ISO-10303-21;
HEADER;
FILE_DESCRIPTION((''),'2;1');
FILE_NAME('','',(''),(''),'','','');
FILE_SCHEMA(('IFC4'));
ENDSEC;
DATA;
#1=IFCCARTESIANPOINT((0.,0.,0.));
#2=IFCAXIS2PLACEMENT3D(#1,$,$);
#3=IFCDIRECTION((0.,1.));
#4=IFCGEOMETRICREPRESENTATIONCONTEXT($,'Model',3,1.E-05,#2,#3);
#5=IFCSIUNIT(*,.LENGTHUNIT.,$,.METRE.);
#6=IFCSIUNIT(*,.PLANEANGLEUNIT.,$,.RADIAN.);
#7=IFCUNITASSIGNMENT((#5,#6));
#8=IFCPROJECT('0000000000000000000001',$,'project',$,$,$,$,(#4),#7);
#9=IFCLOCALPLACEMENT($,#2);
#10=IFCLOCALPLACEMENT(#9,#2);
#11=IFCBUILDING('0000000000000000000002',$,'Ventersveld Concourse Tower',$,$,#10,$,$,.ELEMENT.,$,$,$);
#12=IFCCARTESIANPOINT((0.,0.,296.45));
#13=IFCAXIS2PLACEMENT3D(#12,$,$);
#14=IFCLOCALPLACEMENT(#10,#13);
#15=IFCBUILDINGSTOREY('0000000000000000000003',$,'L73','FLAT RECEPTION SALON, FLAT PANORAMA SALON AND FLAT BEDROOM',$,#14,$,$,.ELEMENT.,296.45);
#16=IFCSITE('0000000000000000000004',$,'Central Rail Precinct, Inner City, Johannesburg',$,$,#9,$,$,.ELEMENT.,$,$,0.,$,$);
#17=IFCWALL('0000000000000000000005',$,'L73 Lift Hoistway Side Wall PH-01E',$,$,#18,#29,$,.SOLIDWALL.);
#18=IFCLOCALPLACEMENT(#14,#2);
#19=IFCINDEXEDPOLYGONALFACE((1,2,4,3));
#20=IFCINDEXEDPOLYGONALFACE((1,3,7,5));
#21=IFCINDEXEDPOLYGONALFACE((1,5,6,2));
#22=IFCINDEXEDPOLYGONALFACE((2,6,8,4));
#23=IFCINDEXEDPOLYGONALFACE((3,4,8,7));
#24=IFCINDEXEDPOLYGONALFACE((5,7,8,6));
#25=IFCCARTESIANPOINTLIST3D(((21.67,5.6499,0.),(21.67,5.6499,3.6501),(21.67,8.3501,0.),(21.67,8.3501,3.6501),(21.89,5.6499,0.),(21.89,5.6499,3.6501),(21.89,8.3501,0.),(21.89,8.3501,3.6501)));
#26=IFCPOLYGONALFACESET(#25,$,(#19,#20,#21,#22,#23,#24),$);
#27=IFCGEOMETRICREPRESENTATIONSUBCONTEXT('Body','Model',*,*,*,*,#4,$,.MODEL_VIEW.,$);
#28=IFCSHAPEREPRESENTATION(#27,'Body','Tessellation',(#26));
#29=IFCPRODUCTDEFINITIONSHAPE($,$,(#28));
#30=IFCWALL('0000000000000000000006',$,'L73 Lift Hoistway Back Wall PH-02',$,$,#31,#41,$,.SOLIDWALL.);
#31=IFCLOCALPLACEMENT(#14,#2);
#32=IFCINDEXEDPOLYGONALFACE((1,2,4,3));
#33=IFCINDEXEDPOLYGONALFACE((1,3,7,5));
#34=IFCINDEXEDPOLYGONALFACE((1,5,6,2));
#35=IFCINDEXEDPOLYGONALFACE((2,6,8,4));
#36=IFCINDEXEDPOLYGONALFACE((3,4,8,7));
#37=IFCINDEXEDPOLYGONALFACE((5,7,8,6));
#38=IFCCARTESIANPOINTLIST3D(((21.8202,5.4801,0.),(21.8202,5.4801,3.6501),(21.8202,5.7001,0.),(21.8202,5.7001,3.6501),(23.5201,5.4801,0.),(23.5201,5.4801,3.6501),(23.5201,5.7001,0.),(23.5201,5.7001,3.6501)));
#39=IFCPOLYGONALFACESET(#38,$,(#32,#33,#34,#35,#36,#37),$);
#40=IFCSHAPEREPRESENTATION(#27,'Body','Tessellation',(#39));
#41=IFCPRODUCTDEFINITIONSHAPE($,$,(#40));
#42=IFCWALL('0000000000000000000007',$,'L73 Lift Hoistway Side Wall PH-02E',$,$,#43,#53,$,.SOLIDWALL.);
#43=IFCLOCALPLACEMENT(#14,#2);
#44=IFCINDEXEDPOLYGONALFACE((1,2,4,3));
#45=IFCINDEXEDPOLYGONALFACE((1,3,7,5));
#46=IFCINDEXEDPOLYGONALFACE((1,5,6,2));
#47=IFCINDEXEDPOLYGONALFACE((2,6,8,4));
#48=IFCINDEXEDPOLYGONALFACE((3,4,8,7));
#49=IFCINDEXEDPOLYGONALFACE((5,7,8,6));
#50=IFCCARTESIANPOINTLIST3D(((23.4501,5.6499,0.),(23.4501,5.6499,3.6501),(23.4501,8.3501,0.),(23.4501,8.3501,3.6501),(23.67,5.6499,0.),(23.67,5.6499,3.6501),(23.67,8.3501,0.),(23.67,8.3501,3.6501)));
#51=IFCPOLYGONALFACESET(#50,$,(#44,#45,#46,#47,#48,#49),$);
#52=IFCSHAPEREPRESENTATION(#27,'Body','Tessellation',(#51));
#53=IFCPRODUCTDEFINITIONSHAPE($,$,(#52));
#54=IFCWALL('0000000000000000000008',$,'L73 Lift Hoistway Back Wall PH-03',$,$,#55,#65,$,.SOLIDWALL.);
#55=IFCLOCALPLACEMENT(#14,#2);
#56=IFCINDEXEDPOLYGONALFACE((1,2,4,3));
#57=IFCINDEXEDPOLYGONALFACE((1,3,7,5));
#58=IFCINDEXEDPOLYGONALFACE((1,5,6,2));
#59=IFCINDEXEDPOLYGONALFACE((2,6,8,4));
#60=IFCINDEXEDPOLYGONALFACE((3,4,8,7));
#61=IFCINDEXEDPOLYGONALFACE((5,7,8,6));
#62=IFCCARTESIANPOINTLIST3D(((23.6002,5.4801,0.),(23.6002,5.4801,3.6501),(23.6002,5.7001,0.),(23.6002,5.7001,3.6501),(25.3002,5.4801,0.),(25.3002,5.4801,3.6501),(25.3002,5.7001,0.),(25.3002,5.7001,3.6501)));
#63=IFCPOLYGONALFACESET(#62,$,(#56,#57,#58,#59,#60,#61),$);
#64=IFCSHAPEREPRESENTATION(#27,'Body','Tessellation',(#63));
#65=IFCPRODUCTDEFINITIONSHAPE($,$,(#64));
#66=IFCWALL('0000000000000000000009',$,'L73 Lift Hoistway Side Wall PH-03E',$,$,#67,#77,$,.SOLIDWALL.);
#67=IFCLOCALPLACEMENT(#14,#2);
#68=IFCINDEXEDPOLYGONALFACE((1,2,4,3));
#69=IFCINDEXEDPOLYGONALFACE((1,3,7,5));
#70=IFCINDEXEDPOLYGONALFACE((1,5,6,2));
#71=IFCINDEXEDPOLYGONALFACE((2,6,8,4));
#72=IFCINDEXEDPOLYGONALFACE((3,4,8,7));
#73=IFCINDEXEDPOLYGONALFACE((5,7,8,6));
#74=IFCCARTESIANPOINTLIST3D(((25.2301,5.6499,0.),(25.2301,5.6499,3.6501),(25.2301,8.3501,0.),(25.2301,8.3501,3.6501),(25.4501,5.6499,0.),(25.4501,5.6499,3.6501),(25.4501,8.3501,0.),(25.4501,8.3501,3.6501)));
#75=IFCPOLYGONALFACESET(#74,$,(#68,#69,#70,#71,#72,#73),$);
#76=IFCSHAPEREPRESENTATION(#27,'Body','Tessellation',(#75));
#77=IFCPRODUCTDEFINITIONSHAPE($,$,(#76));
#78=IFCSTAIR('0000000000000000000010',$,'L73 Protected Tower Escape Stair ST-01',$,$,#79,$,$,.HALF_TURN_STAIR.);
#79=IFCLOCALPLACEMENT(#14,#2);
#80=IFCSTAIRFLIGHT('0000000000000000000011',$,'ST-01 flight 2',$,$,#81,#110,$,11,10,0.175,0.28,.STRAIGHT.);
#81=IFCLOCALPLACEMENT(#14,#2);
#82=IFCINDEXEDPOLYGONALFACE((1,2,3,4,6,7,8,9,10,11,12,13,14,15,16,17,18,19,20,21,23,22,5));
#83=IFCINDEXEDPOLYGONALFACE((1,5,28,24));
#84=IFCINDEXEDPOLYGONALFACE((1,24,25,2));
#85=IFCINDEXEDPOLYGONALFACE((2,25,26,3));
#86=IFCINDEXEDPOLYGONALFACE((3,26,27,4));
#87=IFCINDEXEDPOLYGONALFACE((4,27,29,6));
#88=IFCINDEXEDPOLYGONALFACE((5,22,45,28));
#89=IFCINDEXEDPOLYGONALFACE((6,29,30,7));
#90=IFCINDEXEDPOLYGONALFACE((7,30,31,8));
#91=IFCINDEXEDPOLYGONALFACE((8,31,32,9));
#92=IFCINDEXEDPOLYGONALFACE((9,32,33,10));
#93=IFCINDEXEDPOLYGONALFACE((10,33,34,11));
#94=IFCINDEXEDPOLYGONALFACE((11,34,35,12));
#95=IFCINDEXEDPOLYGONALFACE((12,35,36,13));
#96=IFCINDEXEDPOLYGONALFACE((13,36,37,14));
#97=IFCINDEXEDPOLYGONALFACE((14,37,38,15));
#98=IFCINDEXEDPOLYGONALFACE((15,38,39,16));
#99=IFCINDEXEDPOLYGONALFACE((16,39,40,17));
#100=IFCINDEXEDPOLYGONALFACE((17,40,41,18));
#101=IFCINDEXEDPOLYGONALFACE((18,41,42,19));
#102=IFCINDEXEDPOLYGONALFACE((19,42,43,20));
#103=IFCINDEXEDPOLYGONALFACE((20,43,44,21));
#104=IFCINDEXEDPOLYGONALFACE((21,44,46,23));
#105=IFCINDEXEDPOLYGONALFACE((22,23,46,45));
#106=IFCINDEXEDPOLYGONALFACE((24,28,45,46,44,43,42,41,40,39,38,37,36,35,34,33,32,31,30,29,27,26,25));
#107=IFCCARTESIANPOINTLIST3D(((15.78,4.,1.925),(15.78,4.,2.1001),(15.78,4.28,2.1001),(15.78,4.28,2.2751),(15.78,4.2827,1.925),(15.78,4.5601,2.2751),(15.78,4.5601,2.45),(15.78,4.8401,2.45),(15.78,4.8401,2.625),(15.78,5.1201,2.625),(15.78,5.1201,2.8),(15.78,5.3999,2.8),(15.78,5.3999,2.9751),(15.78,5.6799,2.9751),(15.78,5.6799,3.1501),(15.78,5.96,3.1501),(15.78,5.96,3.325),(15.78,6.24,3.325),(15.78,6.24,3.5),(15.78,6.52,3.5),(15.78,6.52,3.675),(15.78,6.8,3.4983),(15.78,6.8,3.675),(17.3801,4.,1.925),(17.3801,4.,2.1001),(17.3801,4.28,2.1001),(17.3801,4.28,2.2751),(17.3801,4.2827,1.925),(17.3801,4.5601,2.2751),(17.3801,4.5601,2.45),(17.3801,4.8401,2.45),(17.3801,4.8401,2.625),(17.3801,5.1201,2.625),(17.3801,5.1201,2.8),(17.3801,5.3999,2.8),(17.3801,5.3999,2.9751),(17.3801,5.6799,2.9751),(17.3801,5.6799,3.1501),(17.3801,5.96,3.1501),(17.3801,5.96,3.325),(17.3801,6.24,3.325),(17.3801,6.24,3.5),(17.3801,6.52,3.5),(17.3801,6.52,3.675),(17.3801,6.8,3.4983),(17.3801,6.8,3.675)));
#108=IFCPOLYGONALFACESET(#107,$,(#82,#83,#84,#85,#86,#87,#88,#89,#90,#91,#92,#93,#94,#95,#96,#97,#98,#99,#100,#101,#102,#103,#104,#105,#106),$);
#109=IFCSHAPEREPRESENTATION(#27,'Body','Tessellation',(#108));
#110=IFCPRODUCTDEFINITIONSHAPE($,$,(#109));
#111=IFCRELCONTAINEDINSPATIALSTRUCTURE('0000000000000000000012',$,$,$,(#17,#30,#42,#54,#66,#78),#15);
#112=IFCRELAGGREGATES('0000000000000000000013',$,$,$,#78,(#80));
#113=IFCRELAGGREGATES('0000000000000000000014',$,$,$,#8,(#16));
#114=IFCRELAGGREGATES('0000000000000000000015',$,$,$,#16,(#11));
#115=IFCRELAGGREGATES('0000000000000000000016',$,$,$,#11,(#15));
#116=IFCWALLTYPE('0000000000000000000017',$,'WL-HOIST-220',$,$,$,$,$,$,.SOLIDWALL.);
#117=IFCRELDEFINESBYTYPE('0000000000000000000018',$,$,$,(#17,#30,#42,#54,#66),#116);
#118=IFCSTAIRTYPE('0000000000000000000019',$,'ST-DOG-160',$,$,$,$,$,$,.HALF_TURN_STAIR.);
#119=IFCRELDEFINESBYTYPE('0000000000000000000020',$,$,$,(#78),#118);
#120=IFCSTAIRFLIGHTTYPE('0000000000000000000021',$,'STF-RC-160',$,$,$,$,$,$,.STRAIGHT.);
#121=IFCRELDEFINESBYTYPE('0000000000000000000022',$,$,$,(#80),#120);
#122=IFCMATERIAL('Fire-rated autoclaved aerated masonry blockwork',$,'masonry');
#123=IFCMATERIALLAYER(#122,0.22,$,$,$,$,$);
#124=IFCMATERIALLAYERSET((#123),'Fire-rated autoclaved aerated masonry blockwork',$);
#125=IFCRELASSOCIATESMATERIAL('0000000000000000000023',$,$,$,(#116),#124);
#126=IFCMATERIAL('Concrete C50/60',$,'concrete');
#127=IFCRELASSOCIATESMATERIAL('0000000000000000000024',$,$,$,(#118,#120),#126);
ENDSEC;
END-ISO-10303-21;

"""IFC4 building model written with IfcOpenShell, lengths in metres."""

from ifc_helpers import new_model, si_unit, direction, frame, frame_2d, origin, place, context, subcontext, project, spatial, polyline, rectangle, outline, extrude, material, layer, layer_set, type_object, element, aggregate, save


model = new_model("IFC4")

# Units and contexts
model_context = context("Model", 3, precision=1e-05, world=origin(), true_north=direction((0.0, 1.0)))
body_context = subcontext(model_context, "Body", "Model", "MODEL_VIEW")
ifc_project = project(units=[si_unit("LENGTHUNIT", "METRE"), si_unit("PLANEANGLEUNIT", "RADIAN")], contexts=[model_context])

# Site, building, storey
site_placement = place(None, origin())
site = spatial("IfcSite", under=ifc_project, at=site_placement, Name="Central Rail Precinct, Inner City, Johannesburg", CompositionType="ELEMENT", RefElevation=0.0)
building_placement = place(site_placement, origin())
building = spatial("IfcBuilding", under=site, at=building_placement, Name="Ventersveld Concourse Tower", CompositionType="ELEMENT")
storey_placement = place(building_placement, frame((0.0, 0.0, 296.45)))
storey = spatial("IfcBuildingStorey", under=building, at=storey_placement, Name="L73", Description="FLAT RECEPTION SALON, FLAT PANORAMA SALON AND FLAT BEDROOM", CompositionType="ELEMENT", Elevation=296.45)

# Shared definitions
ifc_material_1 = material(Name="Concrete C50/60", Category="concrete")

# Shared definitions
ifc_material_2 = material(Name="Fire-rated autoclaved aerated masonry blockwork", Category="masonry")

# Walls
ifc_layer_1 = layer(ifc_material_2, 0.22)
ifc_layer_set_1 = layer_set([ifc_layer_1], Name="Fire-rated autoclaved aerated masonry blockwork")
wall_type_1 = type_object("IfcWallType", Name="WL-HOIST-220", PredefinedType="SOLIDWALL", material=ifc_layer_set_1)
wall_1_placement = place(storey_placement, frame((21.78, 5.6499, 0.0), z_axis=(0.0, 0.0, 1.0), x_axis=(0.0, 1.0, 0.0)))
element("IfcWall", 1, at=wall_1_placement, inside=storey, type_object=wall_type_1, Name="L73 Lift Hoistway Side Wall PH-01E", PredefinedType="SOLIDWALL", context=body_context, shape_type="SweptSolid", body=[
    extrude(rectangle(XDim=2.7002, YDim=0.22, at=frame_2d((1.3501, 0.0))), origin(), (0.0, 0.0, 1.0), 3.6501),
])
wall_2_placement = place(storey_placement, frame((21.8201, 5.5901, 0.0), z_axis=(0.0, 0.0, 1.0), x_axis=(1.0, 0.0, 0.0)))
element("IfcWall", 2, at=wall_2_placement, inside=storey, type_object=wall_type_1, Name="L73 Lift Hoistway Back Wall PH-02", PredefinedType="SOLIDWALL", context=body_context, shape_type="SweptSolid", body=[
    extrude(rectangle(XDim=1.7, YDim=0.22, at=frame_2d((0.8501, 0.0))), origin(), (0.0, 0.0, 1.0), 3.6501),
])
wall_3_placement = place(storey_placement, frame((23.5601, 5.6499, 0.0), z_axis=(0.0, 0.0, 1.0), x_axis=(0.0, 1.0, 0.0)))
element("IfcWall", 3, at=wall_3_placement, inside=storey, type_object=wall_type_1, Name="L73 Lift Hoistway Side Wall PH-02E", PredefinedType="SOLIDWALL", context=body_context, shape_type="SweptSolid", body=[
    extrude(rectangle(XDim=2.7002, YDim=0.22, at=frame_2d((1.3501, 0.0))), origin(), (0.0, 0.0, 1.0), 3.6501),
])
wall_4_placement = place(storey_placement, frame((23.6001, 5.5901, 0.0), z_axis=(0.0, 0.0, 1.0), x_axis=(1.0, 0.0, 0.0)))
element("IfcWall", 4, at=wall_4_placement, inside=storey, type_object=wall_type_1, Name="L73 Lift Hoistway Back Wall PH-03", PredefinedType="SOLIDWALL", context=body_context, shape_type="SweptSolid", body=[
    extrude(rectangle(XDim=1.7, YDim=0.22, at=frame_2d((0.8501, 0.0))), origin(), (0.0, 0.0, 1.0), 3.6501),
])
wall_5_placement = place(storey_placement, frame((25.3401, 5.6499, 0.0), z_axis=(0.0, 0.0, 1.0), x_axis=(0.0, 1.0, 0.0)))
element("IfcWall", 5, at=wall_5_placement, inside=storey, type_object=wall_type_1, Name="L73 Lift Hoistway Side Wall PH-03E", PredefinedType="SOLIDWALL", context=body_context, shape_type="SweptSolid", body=[
    extrude(rectangle(XDim=2.7002, YDim=0.22, at=frame_2d((1.3501, 0.0))), origin(), (0.0, 0.0, 1.0), 3.6501),
])

# Stair, stair flight
stair_type = type_object("IfcStairType", Name="ST-DOG-160", PredefinedType="HALF_TURN_STAIR", material=ifc_material_1)
stair_placement = place(storey_placement, origin())
stair = element("IfcStair", 6, at=stair_placement, inside=storey, type_object=stair_type, Name="L73 Protected Tower Escape Stair ST-01", PredefinedType="HALF_TURN_STAIR")
stair_flight_type = type_object("IfcStairFlightType", Name="STF-RC-160", PredefinedType="STRAIGHT", material=ifc_material_1)
stair_flight_placement = place(storey_placement, frame((16.5801, 4.0, 1.925), z_axis=(0.0, 0.0, 1.0), x_axis=(0.0, 1.0, 0.0)))
stair_flight = element("IfcStairFlight", 7, at=stair_flight_placement, type_object=stair_flight_type, Name="ST-01 flight 2", NumberOfRisers=11, NumberOfTreads=10, PredefinedType="STRAIGHT", RiserHeight=0.175, TreadLength=0.28, context=body_context, shape_type="SweptSolid", body=[
    extrude(outline(polyline([(0.0, 0.0), (0.0, 0.175), (0.28, 0.175), (0.28, 0.3501), (0.5601, 0.3501), (0.5601, 0.5249), (0.8401, 0.5249), (0.8401, 0.7), (1.1201, 0.7), (1.1201, 0.875), (1.3999, 0.875), (1.3999, 1.05), (1.6799, 1.05), (1.6799, 1.2251), (1.96, 1.2251), (1.96, 1.3999), (2.24, 1.3999), (2.24, 1.575), (2.52, 1.575), (2.52, 1.75), (2.8, 1.75), (2.8, 1.925), (2.8, 1.5732), (0.2827, 0.0), (0.0, 0.0)])), frame((0.0, 0.8, 0.0), z_axis=(0.0, -1.0, 0.0), x_axis=(1.0, 0.0, 0.0)), (0.0, 0.0, 1.0), 1.6001),
])
aggregate(stair, [stair_flight])

save(model, "model.ifc")
